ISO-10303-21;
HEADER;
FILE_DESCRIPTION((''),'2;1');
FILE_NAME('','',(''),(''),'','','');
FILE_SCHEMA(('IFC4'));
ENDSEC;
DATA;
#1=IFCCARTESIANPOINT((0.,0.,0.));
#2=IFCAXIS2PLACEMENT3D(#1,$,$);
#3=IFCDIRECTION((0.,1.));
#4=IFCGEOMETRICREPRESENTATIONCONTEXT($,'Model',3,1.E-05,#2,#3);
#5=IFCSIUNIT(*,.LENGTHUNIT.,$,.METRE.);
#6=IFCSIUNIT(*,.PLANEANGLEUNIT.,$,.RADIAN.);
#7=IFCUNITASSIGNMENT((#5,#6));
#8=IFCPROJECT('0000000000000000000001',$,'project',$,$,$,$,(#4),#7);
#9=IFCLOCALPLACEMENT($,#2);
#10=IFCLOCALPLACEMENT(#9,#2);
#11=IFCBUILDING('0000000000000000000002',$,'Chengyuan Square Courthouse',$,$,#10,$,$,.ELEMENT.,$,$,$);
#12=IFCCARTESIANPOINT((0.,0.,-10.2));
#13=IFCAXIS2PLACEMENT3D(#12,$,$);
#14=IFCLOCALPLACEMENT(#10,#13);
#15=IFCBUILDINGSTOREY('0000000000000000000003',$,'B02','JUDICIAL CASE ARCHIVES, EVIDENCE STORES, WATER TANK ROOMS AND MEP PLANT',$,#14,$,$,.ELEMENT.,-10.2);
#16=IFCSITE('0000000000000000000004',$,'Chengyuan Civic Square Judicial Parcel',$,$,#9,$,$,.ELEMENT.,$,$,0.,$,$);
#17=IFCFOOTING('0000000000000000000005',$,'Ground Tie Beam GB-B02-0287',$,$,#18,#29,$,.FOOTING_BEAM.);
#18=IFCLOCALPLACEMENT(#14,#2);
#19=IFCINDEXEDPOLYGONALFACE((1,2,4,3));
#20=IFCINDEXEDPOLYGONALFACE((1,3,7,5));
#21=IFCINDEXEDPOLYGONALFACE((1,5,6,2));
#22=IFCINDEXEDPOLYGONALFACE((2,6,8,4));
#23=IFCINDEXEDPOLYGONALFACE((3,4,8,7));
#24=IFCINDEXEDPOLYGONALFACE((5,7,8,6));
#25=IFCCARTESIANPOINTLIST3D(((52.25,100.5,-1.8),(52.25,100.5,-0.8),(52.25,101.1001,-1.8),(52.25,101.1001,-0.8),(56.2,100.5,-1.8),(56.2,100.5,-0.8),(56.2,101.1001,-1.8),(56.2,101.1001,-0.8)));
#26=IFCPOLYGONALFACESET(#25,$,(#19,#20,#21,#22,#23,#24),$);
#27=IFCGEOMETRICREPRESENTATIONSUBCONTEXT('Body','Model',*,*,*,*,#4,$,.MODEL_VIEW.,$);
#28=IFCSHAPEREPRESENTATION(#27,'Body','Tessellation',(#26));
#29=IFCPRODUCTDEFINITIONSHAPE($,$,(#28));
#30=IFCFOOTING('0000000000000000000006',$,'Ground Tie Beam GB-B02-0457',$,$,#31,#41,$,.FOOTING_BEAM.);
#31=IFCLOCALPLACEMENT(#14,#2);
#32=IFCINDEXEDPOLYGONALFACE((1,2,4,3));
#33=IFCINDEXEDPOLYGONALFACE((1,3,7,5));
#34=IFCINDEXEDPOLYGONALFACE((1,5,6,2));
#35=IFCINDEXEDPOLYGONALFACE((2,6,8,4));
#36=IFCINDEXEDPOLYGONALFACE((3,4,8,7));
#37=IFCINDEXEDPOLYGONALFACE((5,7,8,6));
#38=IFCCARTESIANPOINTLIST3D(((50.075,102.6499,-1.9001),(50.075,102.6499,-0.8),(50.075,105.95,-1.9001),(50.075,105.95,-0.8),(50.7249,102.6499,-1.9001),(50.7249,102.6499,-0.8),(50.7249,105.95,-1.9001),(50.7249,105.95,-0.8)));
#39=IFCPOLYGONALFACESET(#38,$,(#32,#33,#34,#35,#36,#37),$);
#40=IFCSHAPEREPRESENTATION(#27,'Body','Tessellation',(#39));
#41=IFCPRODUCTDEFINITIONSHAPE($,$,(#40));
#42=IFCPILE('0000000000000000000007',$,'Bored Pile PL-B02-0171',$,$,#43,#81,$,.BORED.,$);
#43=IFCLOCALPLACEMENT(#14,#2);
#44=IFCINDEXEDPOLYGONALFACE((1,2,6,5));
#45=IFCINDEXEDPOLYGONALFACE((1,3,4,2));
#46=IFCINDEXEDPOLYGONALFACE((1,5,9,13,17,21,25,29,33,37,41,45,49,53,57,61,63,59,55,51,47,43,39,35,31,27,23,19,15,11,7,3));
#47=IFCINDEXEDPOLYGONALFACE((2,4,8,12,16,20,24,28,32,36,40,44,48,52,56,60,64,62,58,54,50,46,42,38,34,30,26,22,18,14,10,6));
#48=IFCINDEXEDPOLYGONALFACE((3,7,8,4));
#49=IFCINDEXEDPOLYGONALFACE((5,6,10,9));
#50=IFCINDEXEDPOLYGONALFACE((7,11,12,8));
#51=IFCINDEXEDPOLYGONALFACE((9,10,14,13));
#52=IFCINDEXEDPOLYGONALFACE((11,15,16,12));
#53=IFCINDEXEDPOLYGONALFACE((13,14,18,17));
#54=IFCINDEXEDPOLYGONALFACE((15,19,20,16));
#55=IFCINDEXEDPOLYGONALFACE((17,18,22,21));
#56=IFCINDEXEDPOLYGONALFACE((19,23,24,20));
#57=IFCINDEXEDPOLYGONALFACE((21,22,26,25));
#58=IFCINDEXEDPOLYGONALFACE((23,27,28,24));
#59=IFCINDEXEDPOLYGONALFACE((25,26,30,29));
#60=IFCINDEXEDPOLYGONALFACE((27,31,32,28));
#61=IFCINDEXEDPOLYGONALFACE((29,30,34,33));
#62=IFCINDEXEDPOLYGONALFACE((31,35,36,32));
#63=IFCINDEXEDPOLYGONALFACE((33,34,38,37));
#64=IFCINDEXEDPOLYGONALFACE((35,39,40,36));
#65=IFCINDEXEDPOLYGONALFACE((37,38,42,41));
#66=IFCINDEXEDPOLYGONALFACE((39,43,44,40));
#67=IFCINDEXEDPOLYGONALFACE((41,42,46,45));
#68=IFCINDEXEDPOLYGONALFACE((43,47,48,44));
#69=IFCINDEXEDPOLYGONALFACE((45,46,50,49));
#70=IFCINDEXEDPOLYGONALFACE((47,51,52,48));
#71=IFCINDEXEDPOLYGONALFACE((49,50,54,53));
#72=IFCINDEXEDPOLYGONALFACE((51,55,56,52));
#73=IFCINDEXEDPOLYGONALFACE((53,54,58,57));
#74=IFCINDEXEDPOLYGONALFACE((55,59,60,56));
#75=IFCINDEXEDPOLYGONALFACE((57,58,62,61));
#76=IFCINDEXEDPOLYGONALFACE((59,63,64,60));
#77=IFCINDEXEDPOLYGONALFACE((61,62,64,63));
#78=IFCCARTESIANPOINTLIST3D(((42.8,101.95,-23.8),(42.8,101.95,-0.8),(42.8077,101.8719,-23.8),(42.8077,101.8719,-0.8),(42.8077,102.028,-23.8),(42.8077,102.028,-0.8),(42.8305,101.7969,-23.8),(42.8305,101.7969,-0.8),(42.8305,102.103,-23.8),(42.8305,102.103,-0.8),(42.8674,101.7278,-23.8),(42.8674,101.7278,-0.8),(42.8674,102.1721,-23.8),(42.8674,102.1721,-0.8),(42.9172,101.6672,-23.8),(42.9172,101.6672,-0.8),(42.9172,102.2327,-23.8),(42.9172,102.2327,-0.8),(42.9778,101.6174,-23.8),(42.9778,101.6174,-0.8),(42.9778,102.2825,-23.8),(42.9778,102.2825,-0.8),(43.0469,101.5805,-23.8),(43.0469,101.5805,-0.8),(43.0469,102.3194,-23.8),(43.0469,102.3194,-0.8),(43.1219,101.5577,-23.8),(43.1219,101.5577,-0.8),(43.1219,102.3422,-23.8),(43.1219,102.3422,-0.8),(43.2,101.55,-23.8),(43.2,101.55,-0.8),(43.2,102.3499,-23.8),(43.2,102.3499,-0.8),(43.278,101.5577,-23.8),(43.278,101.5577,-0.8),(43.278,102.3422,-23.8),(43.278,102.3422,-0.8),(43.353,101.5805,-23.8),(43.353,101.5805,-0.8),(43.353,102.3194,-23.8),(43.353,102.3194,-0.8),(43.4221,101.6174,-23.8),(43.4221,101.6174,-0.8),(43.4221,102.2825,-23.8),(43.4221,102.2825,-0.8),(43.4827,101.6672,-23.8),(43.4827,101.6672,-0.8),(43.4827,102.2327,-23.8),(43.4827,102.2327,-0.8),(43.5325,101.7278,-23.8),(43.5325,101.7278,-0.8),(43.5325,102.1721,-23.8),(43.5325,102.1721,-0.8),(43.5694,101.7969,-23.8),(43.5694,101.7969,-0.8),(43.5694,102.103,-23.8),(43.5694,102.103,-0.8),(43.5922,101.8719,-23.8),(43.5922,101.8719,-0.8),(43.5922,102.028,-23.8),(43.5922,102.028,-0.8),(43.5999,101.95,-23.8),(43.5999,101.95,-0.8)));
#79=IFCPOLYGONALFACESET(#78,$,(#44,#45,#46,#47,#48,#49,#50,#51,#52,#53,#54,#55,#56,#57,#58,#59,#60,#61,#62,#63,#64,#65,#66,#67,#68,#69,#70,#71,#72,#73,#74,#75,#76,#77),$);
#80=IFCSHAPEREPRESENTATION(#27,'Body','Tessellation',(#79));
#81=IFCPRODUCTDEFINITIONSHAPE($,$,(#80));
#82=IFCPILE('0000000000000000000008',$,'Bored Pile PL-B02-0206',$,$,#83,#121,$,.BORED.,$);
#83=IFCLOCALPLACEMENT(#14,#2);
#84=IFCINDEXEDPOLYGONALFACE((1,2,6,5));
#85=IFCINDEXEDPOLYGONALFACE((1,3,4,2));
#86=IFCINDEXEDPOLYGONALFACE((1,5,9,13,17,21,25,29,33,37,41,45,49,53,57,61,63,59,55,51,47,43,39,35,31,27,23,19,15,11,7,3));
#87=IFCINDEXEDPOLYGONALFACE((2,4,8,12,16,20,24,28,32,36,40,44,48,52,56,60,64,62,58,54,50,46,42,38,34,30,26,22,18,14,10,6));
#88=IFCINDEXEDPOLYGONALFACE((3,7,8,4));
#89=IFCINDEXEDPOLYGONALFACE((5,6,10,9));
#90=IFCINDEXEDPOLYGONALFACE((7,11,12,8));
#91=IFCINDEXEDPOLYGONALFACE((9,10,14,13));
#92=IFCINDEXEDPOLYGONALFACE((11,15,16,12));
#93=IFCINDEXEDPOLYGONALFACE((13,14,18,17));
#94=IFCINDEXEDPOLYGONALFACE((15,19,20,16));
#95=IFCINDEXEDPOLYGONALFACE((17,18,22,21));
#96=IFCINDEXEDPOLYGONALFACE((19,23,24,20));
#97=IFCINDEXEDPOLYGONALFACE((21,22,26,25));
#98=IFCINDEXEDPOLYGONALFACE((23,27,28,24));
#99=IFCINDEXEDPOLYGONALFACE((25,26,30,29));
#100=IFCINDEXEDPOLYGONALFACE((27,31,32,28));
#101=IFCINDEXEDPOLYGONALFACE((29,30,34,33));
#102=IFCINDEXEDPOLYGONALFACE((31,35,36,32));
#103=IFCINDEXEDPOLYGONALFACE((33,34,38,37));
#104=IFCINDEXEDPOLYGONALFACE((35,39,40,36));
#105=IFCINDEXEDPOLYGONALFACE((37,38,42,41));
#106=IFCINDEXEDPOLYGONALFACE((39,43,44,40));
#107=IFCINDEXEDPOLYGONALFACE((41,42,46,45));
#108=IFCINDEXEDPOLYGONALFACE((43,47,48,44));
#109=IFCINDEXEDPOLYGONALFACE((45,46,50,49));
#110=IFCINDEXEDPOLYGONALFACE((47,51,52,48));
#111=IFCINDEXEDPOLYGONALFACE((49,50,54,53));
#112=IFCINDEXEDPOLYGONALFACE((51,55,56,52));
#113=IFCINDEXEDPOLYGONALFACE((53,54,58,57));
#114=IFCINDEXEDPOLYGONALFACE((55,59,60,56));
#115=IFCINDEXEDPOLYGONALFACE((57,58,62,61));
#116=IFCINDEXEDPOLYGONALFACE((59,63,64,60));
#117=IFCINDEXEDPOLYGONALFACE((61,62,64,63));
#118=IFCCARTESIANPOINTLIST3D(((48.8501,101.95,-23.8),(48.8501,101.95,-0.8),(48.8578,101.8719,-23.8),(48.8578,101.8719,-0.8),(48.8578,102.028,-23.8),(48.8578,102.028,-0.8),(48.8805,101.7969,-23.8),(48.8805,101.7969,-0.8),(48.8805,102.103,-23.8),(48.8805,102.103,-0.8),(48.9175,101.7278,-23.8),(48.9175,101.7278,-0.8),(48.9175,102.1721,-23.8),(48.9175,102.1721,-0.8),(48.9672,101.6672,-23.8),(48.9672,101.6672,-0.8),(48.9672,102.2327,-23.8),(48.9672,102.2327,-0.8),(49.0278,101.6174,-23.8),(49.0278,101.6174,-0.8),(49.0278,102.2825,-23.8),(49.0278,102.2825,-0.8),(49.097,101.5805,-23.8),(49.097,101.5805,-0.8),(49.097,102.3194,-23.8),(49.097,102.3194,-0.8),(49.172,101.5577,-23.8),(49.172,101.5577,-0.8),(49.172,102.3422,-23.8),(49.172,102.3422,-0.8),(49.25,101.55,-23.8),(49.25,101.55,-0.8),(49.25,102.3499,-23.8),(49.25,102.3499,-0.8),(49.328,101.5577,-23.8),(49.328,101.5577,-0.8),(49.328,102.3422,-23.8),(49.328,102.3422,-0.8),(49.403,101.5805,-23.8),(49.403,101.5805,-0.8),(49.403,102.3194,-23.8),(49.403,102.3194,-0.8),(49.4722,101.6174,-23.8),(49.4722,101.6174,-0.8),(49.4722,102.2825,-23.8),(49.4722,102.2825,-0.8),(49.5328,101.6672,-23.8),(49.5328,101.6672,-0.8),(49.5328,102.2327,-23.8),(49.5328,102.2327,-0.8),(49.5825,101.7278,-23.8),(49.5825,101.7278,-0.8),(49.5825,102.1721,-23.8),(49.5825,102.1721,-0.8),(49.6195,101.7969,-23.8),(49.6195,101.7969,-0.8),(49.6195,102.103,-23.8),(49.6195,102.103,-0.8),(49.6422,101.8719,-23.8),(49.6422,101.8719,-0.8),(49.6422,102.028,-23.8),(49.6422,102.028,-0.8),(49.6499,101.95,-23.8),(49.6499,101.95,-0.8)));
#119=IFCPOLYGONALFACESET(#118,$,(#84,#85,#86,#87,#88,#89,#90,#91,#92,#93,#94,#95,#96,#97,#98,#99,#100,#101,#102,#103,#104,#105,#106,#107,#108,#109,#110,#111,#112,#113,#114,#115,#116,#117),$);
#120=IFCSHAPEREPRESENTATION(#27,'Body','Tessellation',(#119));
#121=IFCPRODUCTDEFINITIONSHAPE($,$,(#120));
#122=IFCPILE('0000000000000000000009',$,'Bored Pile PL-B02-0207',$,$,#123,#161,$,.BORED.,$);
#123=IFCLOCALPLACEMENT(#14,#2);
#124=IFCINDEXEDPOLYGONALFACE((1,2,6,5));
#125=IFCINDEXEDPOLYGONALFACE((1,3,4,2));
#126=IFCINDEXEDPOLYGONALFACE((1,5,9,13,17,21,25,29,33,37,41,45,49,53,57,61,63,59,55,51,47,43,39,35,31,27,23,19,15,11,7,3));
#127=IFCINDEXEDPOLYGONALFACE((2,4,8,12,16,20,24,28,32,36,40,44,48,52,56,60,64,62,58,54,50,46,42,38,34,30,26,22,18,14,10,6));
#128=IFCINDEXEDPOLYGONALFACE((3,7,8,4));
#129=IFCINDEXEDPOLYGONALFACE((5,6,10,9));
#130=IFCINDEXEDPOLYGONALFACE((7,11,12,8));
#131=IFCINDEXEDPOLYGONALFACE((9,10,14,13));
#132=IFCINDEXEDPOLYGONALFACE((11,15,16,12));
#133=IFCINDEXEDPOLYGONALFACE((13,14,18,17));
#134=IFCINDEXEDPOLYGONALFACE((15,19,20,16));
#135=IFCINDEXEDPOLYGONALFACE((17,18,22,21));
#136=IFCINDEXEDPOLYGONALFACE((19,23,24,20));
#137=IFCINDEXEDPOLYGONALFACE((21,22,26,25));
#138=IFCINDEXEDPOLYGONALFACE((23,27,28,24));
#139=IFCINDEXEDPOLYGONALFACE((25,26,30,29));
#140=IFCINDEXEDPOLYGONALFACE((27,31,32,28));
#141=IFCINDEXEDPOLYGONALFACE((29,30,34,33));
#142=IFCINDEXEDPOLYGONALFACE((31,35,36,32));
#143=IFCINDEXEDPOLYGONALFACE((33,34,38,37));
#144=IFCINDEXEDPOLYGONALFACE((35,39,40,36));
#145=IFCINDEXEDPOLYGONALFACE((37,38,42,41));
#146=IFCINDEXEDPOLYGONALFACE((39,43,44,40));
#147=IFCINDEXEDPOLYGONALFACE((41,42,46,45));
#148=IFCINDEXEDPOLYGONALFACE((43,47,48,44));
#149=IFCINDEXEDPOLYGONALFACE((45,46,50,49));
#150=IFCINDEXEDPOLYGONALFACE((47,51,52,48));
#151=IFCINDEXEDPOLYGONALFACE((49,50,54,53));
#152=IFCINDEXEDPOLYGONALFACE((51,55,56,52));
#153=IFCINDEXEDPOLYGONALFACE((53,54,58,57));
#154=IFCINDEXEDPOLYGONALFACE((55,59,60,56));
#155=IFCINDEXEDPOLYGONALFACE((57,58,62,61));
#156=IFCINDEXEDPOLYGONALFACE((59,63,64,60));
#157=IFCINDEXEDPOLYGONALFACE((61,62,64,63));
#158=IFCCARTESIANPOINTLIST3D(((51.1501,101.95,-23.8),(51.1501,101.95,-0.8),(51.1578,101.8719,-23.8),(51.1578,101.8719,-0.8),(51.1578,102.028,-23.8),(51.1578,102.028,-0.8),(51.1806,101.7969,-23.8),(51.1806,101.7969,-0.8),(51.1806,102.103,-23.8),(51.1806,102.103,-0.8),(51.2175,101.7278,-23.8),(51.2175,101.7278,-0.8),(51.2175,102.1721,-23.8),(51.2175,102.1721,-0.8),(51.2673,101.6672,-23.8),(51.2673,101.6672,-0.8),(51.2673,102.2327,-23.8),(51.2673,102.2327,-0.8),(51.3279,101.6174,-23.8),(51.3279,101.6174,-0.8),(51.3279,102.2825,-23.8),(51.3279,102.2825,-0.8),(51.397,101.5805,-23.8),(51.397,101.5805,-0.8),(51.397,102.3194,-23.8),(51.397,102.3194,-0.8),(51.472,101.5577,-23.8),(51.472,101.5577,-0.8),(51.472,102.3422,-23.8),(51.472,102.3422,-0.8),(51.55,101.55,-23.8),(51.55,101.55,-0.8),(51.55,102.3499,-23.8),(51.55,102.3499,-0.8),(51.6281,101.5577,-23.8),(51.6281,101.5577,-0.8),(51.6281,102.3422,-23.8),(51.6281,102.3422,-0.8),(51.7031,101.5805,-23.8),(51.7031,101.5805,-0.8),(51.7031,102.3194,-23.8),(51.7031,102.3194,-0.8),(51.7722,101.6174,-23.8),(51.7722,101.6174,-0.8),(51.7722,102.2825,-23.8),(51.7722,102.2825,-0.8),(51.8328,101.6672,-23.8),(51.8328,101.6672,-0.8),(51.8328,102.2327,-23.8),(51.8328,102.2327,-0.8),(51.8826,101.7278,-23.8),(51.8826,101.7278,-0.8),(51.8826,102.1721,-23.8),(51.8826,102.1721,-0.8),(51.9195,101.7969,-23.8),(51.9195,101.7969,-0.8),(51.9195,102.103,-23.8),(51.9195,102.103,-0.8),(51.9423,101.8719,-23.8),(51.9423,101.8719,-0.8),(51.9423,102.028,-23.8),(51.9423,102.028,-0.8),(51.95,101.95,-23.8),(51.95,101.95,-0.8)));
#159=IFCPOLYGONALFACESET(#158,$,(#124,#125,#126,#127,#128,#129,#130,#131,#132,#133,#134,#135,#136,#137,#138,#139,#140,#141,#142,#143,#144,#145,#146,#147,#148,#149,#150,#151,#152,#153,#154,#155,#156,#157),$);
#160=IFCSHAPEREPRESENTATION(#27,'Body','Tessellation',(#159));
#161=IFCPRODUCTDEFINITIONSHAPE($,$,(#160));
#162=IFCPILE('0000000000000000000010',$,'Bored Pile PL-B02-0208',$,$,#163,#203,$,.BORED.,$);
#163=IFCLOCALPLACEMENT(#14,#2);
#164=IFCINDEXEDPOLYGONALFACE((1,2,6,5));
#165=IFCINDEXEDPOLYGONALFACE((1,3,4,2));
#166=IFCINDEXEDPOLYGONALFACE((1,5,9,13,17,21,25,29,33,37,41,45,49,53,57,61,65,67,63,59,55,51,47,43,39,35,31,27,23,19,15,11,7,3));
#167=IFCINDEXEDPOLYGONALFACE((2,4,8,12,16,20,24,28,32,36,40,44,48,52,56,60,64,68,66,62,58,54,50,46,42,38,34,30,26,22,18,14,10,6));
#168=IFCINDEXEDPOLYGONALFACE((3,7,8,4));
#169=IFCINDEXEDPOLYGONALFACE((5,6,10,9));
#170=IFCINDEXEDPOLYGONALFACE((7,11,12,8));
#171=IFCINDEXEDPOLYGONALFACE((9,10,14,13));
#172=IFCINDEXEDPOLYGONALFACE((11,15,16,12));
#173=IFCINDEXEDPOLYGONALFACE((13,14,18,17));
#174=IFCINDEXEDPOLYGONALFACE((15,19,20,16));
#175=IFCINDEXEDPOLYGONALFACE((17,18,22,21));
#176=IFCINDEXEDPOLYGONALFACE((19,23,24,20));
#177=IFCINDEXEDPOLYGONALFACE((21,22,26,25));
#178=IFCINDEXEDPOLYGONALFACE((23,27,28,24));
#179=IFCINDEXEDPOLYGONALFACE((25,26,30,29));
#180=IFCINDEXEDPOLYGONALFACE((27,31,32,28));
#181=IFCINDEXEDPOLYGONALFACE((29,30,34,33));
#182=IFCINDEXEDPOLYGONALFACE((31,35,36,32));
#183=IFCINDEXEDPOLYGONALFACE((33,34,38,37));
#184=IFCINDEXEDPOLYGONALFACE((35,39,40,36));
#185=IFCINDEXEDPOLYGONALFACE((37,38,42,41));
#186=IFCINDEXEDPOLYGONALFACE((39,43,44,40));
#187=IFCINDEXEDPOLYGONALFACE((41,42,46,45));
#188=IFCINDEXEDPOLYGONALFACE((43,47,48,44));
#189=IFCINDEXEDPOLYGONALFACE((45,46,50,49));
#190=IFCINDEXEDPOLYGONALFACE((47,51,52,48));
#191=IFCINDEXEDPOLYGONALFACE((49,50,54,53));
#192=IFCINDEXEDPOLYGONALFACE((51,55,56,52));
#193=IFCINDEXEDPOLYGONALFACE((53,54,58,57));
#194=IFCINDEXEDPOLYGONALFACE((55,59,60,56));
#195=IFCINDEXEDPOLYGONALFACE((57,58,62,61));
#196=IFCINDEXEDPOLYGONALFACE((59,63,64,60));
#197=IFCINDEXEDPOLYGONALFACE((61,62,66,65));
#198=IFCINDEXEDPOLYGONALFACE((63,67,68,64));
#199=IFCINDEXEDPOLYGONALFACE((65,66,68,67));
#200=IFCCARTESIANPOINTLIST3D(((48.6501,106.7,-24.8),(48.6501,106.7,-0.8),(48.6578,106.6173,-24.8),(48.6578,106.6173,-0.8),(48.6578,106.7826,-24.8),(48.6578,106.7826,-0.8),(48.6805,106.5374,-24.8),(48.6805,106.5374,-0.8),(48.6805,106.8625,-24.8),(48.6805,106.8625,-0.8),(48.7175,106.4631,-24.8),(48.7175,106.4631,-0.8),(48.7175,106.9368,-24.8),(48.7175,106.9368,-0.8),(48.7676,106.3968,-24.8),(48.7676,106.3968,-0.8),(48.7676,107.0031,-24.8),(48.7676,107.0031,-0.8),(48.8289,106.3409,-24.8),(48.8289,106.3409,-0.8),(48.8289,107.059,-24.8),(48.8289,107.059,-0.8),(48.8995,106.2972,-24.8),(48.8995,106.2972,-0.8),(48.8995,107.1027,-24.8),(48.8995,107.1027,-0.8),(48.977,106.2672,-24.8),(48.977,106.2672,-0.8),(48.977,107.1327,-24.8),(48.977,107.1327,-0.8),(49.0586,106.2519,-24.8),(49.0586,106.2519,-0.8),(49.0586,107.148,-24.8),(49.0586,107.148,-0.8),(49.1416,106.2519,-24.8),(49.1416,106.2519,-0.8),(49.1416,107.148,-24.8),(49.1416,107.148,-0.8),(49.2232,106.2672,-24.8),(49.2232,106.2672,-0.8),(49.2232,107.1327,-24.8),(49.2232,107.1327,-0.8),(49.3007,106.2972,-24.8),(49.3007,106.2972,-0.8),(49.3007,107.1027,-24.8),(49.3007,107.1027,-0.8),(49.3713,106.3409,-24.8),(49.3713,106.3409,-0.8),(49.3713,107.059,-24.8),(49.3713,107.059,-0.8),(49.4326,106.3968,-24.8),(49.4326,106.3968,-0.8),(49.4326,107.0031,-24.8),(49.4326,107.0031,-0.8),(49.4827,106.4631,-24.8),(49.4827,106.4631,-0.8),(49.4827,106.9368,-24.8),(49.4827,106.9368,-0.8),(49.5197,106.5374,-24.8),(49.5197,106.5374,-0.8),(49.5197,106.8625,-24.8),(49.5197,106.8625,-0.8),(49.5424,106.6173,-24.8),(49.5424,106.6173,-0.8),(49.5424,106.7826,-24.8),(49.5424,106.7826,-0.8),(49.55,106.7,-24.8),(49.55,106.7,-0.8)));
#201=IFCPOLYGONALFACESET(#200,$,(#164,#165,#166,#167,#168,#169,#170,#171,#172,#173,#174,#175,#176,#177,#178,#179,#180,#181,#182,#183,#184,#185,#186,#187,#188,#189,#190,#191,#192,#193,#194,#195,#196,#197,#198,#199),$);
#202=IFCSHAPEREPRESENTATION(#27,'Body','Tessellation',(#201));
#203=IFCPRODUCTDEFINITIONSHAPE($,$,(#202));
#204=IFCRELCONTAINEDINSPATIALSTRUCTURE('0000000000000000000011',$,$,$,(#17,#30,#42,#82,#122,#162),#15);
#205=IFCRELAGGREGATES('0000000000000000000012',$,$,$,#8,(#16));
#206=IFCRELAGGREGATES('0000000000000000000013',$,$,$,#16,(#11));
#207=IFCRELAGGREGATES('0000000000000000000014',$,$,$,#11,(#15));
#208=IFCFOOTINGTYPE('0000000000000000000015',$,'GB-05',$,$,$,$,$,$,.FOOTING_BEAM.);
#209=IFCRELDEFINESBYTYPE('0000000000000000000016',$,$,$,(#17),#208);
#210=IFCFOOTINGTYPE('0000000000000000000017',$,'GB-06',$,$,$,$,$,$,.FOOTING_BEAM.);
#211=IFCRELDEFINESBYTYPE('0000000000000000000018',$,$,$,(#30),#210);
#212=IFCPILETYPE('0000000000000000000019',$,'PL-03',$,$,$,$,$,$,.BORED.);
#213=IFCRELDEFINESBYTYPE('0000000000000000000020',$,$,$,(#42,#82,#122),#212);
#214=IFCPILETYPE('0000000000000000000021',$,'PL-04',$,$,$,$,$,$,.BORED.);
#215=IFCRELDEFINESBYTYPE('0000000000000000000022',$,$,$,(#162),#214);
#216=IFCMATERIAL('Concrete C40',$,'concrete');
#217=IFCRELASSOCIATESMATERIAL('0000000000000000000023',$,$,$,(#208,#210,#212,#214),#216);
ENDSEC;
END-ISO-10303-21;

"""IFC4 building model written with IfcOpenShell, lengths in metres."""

from ifc_helpers import new_model, si_unit, direction, frame, origin, origin_2d, place, context, subcontext, project, spatial, rectangle, circle, extrude, material, material_profile, profile_set, type_object, element, save


model = new_model("IFC4")

# Units and contexts
model_context = context("Model", 3, precision=1e-05, world=origin(), true_north=direction((0.0, 1.0)))
body_context = subcontext(model_context, "Body", "Model", "MODEL_VIEW")
ifc_project = project(units=[si_unit("LENGTHUNIT", "METRE"), si_unit("PLANEANGLEUNIT", "RADIAN")], contexts=[model_context])

# Site, building, storey
site_placement = place(None, origin())
site = spatial("IfcSite", under=ifc_project, at=site_placement, Name="Chengyuan Civic Square Judicial Parcel", CompositionType="ELEMENT", RefElevation=0.0)
building_placement = place(site_placement, origin())
building = spatial("IfcBuilding", under=site, at=building_placement, Name="Chengyuan Square Courthouse", CompositionType="ELEMENT")
storey_placement = place(building_placement, frame((0.0, 0.0, -10.2)))
storey = spatial("IfcBuildingStorey", under=building, at=storey_placement, Name="B02", Description="JUDICIAL CASE ARCHIVES, EVIDENCE STORES, WATER TANK ROOMS AND MEP PLANT", CompositionType="ELEMENT", Elevation=-10.2)

# Footings
ifc_material_1 = material(Name="Concrete C40", Category="concrete")
ifc_material_profile_1 = material_profile(ifc_material_1, rectangle(XDim=0.6001, YDim=1.0, at=origin_2d()), Name="GB-600x1000")
ifc_profile_set_1 = profile_set([ifc_material_profile_1], Name="Concrete C40")
footing_type_1 = type_object("IfcFootingType", Name="GB-05", PredefinedType="FOOTING_BEAM", material=ifc_profile_set_1)
footing_1_placement = place(storey_placement, frame((52.25, 100.8, -1.3), z_axis=(1.0, 0.0, 0.0), x_axis=(0.0, 1.0, 0.0)))
element("IfcFooting", 1, at=footing_1_placement, inside=storey, type_object=footing_type_1, Name="Ground Tie Beam GB-B02-0287", PredefinedType="FOOTING_BEAM", context=body_context, shape_type="SweptSolid", body=[
    extrude(rectangle(XDim=0.6001, YDim=1.0, at=origin_2d()), origin(), (0.0, 0.0, 1.0), 3.95),
])
ifc_material_profile_2 = material_profile(ifc_material_1, rectangle(XDim=0.6499, YDim=1.1001, at=origin_2d()), Name="GB-650x1100")
ifc_profile_set_2 = profile_set([ifc_material_profile_2], Name="Concrete C40")
footing_type_2 = type_object("IfcFootingType", Name="GB-06", PredefinedType="FOOTING_BEAM", material=ifc_profile_set_2)
footing_2_placement = place(storey_placement, frame((50.3999, 102.6499, -1.3501), z_axis=(0.0, 1.0, 0.0), x_axis=(-1.0, 0.0, 0.0)))
element("IfcFooting", 2, at=footing_2_placement, inside=storey, type_object=footing_type_2, Name="Ground Tie Beam GB-B02-0457", PredefinedType="FOOTING_BEAM", context=body_context, shape_type="SweptSolid", body=[
    extrude(rectangle(XDim=0.6499, YDim=1.1001, at=origin_2d()), origin(), (0.0, 0.0, 1.0), 3.3),
])

# Piles
ifc_material_profile_3 = material_profile(ifc_material_1, circle(Radius=0.3999, at=origin_2d()), Name="BORED PILE D800")
ifc_profile_set_3 = profile_set([ifc_material_profile_3], Name="Concrete C40")
pile_type_1 = type_object("IfcPileType", Name="PL-03", PredefinedType="BORED", material=ifc_profile_set_3)
for number, where, z_axis, x_axis, name in (
    (3, (43.2, 101.95, -0.8), (0.0, 0.0, -1.0), (1.0, 0.0, 0.0), "Bored Pile PL-B02-0171"),
    (4, (49.25, 101.95, -0.8), (0.0, 0.0, -1.0), (1.0, 0.0, 0.0), "Bored Pile PL-B02-0206"),
    (5, (51.55, 101.95, -0.8), (0.0, 0.0, -1.0), (1.0, 0.0, 0.0), "Bored Pile PL-B02-0207"),
):
    element("IfcPile", number, at=place(storey_placement, frame(where, z_axis=z_axis, x_axis=x_axis)), inside=storey, type_object=pile_type_1, Name=name, PredefinedType="BORED", context=body_context, shape_type="SweptSolid", body=[
        extrude(circle(Radius=0.3999, at=origin_2d()), origin(), (0.0, 0.0, 1.0), 23.0),
    ])
ifc_material_profile_4 = material_profile(ifc_material_1, circle(Radius=0.45, at=origin_2d()), Name="BORED PILE D900")
ifc_profile_set_4 = profile_set([ifc_material_profile_4], Name="Concrete C40")
pile_type_2 = type_object("IfcPileType", Name="PL-04", PredefinedType="BORED", material=ifc_profile_set_4)
pile_placement = place(storey_placement, frame((49.1001, 106.7, -0.8), z_axis=(0.0, 0.0, -1.0), x_axis=(1.0, 0.0, 0.0)))
element("IfcPile", 6, at=pile_placement, inside=storey, type_object=pile_type_2, Name="Bored Pile PL-B02-0208", PredefinedType="BORED", context=body_context, shape_type="SweptSolid", body=[
    extrude(circle(Radius=0.45, at=origin_2d()), origin(), (0.0, 0.0, 1.0), 24.0),
])

save(model, "model.ifc")
